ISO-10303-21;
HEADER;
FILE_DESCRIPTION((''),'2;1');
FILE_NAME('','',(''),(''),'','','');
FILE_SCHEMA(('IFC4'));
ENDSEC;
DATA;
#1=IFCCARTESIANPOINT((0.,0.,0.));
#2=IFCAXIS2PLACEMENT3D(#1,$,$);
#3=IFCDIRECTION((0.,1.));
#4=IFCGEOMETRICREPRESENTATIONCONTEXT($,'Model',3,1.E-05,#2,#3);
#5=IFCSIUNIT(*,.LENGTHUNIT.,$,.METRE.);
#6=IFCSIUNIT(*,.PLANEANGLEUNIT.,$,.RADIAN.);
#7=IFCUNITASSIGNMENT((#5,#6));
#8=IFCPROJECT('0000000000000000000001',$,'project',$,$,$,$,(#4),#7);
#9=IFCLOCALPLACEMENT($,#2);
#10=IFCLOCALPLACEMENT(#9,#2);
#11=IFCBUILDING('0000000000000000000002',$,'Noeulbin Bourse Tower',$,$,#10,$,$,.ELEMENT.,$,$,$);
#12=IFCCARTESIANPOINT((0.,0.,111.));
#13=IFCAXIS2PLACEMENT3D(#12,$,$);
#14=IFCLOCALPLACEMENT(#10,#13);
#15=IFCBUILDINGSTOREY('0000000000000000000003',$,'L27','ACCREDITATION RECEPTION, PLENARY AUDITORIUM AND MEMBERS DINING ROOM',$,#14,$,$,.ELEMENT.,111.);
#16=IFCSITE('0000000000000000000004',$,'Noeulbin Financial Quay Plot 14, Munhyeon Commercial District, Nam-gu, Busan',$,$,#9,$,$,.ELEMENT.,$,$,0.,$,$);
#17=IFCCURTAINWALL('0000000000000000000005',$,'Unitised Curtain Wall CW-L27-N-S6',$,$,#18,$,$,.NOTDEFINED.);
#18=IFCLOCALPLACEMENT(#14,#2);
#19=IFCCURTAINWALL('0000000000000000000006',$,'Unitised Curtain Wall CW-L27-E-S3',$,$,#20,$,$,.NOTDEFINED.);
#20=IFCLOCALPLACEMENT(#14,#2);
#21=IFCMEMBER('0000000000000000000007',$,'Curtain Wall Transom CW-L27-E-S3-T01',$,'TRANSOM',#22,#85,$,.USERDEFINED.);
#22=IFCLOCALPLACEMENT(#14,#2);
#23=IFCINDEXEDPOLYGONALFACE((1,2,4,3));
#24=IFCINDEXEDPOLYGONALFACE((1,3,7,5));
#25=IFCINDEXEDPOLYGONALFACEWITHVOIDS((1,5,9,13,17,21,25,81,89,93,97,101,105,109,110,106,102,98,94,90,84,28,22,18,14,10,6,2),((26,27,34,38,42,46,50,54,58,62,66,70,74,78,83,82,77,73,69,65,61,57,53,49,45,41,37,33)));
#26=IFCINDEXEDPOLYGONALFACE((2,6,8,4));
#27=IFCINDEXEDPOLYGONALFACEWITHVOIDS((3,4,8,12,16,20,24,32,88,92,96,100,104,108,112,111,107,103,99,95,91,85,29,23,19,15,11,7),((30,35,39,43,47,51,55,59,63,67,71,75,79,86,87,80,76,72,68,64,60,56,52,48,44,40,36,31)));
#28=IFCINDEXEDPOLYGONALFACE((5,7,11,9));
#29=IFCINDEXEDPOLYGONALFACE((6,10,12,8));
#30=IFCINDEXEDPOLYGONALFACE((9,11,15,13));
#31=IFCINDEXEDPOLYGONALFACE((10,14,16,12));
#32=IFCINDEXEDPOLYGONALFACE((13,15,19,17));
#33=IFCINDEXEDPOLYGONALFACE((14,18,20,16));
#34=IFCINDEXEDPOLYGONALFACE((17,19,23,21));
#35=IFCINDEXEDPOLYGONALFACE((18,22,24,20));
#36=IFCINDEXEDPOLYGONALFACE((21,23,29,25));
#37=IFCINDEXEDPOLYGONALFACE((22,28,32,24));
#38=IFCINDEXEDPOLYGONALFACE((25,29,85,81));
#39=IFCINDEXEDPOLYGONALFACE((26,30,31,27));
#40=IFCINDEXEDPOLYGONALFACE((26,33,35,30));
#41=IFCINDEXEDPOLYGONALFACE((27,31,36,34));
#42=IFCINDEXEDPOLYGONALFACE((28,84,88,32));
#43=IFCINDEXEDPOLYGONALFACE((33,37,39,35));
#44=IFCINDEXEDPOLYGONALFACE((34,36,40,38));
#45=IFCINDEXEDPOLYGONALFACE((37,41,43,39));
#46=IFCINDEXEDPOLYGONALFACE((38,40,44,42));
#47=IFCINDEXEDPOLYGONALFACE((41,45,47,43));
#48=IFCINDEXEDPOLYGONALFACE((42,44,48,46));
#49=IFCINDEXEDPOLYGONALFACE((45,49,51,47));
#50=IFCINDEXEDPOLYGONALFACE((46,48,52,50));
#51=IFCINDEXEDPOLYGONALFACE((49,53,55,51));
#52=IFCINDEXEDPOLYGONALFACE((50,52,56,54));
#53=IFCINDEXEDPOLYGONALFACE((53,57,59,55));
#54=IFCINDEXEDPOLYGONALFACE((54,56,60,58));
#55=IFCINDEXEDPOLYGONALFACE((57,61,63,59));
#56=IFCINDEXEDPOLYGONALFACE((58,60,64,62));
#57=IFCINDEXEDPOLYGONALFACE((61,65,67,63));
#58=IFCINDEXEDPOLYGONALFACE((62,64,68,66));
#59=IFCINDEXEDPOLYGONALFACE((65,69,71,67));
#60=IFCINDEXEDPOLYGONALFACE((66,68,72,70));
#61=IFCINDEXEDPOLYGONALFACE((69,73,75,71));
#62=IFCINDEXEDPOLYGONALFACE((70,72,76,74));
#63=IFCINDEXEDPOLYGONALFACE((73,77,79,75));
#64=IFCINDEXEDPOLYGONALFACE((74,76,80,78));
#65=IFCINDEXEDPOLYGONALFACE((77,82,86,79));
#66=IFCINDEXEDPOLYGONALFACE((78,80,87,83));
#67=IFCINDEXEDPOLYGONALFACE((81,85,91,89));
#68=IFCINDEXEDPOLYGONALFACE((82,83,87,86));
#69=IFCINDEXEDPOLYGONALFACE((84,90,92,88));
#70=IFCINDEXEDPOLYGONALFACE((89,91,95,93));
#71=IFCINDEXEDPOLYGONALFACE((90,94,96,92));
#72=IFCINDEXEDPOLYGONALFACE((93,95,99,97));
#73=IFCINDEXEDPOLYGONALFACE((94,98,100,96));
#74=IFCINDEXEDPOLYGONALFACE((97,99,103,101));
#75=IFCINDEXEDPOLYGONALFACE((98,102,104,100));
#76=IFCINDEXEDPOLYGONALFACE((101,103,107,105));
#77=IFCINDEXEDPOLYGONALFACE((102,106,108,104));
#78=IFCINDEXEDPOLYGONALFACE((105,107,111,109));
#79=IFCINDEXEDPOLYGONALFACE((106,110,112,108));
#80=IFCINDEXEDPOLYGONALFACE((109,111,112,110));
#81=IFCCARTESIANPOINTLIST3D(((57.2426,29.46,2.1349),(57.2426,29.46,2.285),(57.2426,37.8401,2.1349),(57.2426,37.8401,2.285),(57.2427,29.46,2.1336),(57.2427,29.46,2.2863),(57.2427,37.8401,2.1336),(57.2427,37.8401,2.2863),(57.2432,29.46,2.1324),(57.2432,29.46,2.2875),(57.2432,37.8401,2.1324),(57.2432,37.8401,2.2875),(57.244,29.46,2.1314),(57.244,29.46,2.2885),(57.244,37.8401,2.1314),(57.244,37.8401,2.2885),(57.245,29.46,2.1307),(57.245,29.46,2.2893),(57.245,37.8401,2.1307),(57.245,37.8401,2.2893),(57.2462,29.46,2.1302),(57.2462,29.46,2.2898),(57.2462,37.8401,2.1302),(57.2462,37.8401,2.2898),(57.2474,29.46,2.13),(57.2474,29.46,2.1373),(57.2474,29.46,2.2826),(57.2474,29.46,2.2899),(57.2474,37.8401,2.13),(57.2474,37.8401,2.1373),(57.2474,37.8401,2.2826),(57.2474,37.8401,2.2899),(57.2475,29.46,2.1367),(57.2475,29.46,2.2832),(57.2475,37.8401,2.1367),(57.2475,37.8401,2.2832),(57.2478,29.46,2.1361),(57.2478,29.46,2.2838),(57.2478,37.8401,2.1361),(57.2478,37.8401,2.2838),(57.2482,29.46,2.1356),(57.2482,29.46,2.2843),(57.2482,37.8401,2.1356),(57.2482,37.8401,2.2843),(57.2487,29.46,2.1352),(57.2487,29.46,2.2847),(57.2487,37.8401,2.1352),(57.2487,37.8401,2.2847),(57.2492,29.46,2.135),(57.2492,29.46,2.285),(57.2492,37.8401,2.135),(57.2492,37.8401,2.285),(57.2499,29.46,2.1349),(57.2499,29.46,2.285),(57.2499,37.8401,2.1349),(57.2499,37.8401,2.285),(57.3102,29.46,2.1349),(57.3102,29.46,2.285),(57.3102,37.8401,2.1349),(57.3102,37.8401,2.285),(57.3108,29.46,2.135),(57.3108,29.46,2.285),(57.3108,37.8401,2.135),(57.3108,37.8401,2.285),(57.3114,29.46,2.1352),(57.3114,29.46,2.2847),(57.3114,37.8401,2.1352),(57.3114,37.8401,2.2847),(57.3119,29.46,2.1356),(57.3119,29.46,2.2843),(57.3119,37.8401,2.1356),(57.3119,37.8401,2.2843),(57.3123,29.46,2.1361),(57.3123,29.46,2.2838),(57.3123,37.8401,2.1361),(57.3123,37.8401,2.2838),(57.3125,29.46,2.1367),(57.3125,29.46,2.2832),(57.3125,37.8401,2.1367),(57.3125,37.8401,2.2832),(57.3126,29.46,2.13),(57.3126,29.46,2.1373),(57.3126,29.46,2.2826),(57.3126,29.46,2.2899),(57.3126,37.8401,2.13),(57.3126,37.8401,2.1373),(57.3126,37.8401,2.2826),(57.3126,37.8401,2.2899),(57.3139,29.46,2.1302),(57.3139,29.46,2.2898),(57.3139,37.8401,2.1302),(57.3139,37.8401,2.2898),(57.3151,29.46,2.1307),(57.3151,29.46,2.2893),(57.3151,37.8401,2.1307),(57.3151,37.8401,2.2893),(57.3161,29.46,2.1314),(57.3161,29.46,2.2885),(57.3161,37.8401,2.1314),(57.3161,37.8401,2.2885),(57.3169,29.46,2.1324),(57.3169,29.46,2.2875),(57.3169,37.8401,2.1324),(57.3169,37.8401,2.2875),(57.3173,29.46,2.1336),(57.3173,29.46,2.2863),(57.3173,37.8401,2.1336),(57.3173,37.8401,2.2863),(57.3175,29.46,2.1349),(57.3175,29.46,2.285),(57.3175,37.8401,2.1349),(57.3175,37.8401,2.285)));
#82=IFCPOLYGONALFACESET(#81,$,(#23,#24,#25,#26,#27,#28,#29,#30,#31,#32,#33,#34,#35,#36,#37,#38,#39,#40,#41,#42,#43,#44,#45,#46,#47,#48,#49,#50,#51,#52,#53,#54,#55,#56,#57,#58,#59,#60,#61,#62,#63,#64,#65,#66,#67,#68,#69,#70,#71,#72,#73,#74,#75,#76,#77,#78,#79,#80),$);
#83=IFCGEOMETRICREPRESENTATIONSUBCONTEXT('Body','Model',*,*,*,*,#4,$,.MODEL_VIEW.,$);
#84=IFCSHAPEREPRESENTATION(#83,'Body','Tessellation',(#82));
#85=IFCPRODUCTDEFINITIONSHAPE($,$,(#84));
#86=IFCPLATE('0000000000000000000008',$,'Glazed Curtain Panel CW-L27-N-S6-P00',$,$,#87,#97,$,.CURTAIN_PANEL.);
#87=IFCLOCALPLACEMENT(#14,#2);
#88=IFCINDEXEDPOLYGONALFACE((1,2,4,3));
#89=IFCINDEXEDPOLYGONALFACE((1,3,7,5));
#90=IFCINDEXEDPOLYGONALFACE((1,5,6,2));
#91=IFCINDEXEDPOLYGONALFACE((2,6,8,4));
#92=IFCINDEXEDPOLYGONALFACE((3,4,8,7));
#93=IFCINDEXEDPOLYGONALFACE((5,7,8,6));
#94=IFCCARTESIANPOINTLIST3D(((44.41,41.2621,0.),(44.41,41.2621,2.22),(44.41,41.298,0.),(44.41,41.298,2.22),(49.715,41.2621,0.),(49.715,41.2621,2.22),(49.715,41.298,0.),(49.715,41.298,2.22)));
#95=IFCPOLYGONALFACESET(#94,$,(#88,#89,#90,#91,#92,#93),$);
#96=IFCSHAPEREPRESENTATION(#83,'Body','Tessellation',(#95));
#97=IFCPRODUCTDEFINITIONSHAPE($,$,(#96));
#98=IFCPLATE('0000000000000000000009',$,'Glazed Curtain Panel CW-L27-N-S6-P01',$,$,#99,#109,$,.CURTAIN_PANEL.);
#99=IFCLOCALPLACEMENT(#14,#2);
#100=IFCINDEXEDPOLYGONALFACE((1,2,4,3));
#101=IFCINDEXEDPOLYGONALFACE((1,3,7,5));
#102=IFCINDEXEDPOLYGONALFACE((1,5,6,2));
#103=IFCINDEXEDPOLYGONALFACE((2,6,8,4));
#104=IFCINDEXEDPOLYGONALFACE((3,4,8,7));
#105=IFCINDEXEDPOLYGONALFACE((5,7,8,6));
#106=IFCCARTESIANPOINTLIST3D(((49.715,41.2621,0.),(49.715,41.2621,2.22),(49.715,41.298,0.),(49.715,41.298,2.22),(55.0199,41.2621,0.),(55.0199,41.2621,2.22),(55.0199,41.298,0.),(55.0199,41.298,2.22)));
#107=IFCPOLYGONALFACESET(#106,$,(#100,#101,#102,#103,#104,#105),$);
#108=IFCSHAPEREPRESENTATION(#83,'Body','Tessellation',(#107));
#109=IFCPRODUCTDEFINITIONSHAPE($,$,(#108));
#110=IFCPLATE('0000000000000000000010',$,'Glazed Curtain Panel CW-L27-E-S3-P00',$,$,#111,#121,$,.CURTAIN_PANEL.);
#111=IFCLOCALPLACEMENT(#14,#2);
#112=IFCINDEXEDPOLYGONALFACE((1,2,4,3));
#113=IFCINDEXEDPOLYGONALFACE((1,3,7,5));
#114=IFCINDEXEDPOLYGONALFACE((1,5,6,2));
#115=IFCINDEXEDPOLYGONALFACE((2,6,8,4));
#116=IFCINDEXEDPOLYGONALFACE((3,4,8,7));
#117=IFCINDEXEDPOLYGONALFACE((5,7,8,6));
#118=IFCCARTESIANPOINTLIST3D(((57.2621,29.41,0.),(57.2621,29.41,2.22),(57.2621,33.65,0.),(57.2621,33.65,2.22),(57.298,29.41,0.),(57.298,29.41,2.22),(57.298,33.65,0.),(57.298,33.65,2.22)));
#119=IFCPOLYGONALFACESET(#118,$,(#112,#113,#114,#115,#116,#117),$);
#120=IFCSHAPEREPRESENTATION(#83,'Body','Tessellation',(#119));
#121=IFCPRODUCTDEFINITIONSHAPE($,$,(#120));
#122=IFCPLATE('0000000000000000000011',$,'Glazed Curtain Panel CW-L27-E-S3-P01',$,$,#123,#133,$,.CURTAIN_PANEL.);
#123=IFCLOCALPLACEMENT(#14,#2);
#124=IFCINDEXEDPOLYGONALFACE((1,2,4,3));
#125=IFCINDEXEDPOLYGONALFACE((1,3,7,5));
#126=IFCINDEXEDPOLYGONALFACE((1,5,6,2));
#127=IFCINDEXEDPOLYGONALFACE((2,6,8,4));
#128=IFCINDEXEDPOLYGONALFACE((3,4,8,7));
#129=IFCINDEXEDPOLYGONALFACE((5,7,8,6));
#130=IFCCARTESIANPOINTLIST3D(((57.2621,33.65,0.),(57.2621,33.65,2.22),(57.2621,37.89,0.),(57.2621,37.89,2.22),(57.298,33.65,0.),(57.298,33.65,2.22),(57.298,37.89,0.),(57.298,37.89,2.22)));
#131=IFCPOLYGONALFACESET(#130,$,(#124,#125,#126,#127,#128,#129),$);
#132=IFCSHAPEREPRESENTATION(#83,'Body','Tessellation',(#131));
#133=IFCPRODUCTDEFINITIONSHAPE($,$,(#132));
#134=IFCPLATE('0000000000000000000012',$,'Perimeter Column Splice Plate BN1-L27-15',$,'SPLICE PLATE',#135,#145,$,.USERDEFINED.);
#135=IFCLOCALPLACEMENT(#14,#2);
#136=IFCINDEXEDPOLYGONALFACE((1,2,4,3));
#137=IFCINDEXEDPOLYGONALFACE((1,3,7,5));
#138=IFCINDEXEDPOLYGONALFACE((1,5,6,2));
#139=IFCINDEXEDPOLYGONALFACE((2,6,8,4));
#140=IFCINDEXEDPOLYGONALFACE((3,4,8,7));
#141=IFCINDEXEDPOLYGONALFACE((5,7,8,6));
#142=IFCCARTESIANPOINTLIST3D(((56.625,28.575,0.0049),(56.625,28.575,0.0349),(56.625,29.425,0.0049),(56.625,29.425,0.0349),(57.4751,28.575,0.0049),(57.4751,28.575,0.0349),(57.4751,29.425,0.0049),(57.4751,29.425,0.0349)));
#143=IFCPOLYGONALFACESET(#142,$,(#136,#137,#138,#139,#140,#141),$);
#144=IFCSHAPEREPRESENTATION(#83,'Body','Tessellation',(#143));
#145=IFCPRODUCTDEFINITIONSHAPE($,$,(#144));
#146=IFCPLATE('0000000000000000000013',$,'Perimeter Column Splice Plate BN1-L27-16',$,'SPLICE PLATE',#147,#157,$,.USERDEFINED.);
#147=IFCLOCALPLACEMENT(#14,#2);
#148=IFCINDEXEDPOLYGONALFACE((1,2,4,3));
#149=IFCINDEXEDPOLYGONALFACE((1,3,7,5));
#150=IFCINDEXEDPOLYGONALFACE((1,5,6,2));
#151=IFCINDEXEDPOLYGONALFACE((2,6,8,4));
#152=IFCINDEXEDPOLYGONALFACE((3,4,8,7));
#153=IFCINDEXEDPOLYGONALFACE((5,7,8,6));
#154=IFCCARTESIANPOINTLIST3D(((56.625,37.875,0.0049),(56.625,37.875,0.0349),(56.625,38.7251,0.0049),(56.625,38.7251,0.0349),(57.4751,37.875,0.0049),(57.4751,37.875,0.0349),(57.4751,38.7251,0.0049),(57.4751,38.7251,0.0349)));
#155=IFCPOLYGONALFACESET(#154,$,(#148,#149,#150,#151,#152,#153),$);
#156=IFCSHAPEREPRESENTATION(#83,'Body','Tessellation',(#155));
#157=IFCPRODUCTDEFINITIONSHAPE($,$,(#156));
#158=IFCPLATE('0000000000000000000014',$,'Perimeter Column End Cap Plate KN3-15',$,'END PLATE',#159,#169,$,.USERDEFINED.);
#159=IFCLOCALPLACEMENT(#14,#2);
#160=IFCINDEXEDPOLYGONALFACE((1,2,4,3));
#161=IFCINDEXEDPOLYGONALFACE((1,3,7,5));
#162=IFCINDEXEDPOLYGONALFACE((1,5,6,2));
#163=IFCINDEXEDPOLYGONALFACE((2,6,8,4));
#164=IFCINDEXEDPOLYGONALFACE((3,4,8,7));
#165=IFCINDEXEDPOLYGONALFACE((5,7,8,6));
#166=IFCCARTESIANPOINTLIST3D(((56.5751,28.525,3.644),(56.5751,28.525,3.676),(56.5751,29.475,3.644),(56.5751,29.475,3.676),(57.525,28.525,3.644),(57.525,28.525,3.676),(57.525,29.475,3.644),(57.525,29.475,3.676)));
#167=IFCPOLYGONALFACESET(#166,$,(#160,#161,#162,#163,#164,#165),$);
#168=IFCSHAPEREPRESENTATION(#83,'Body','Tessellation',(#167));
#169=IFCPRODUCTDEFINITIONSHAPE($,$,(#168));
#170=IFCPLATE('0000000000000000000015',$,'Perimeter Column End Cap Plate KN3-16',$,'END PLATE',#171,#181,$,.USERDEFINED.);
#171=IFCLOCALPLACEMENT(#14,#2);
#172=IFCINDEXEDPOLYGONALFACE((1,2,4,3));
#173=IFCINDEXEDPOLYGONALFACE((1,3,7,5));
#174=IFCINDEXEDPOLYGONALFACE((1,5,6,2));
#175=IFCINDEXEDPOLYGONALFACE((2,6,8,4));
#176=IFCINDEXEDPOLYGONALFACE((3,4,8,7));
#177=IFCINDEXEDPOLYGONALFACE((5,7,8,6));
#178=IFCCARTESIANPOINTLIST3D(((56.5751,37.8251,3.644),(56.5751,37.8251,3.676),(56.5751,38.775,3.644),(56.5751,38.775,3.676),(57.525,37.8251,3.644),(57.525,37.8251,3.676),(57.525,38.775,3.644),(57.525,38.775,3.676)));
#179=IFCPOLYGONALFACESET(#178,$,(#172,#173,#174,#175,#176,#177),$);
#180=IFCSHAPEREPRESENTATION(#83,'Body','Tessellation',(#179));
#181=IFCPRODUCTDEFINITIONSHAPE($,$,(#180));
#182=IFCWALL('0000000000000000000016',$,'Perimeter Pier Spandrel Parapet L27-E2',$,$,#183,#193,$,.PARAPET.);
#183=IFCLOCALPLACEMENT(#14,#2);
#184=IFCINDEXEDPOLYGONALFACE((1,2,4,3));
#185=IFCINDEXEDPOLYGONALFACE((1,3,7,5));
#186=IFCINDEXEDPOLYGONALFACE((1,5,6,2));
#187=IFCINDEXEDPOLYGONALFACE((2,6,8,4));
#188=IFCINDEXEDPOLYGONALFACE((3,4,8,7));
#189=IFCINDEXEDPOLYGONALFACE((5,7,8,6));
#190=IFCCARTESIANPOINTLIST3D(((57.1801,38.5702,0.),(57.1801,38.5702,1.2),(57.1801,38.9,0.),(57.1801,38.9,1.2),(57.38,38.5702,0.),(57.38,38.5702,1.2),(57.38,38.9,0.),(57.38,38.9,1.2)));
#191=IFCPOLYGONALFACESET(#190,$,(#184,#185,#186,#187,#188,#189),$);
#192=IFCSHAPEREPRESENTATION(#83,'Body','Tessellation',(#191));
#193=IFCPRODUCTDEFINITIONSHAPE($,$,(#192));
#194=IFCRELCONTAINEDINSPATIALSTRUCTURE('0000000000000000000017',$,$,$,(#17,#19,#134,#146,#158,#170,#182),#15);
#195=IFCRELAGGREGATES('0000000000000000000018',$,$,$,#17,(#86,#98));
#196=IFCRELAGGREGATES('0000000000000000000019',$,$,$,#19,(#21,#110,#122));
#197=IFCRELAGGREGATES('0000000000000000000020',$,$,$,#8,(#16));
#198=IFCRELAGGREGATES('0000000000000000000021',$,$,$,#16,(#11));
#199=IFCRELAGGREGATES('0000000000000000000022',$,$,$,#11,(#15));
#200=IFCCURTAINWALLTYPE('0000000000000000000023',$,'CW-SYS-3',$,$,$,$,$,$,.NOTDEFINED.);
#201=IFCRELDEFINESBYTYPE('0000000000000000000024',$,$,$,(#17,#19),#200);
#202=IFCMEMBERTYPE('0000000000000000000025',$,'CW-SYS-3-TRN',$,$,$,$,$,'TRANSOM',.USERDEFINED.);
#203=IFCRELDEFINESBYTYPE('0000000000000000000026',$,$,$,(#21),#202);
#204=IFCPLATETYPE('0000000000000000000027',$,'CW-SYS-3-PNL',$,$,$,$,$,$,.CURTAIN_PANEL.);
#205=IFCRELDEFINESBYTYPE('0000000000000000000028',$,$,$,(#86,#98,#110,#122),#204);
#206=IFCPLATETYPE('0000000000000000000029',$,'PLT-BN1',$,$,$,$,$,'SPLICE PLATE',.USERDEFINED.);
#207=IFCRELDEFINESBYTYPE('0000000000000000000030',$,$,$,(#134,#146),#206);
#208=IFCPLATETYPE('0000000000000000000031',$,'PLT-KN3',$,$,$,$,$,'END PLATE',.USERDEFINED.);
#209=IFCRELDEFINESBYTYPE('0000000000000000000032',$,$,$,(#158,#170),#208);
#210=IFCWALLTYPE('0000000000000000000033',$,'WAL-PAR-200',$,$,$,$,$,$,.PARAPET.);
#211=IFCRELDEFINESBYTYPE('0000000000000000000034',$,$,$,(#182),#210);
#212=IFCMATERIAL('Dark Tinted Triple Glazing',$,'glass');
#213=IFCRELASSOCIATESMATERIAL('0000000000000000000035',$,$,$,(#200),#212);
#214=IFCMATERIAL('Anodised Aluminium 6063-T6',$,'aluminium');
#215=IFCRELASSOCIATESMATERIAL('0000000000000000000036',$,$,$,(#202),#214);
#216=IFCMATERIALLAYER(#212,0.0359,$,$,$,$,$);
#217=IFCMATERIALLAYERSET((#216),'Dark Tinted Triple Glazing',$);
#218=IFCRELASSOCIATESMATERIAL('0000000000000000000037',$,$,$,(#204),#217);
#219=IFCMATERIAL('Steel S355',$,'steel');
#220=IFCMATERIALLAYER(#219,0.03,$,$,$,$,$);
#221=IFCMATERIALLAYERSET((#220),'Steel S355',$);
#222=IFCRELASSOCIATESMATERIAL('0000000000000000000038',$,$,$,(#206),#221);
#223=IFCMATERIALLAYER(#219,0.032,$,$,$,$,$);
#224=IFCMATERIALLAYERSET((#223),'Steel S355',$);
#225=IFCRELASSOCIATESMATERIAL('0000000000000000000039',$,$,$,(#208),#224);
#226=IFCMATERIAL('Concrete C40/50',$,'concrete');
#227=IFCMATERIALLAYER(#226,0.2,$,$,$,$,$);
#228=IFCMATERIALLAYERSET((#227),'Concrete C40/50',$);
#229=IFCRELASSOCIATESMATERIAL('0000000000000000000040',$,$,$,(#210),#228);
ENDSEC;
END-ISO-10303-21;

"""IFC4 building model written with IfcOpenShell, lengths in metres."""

from ifc_helpers import new_model, si_unit, direction, frame, frame_2d, origin, origin_2d, place, context, subcontext, project, spatial, rectangle, hollow_rectangle, extrude, material, layer, layer_set, material_profile, profile_set, type_object, element, aggregate, save


model = new_model("IFC4")

# Units and contexts
model_context = context("Model", 3, precision=1e-05, world=origin(), true_north=direction((0.0, 1.0)))
body_context = subcontext(model_context, "Body", "Model", "MODEL_VIEW")
ifc_project = project(units=[si_unit("LENGTHUNIT", "METRE"), si_unit("PLANEANGLEUNIT", "RADIAN")], contexts=[model_context])

# Site, building, storey
site_placement = place(None, origin())
site = spatial("IfcSite", under=ifc_project, at=site_placement, Name="Noeulbin Financial Quay Plot 14, Munhyeon Commercial District, Nam-gu, Busan", CompositionType="ELEMENT", RefElevation=0.0)
building_placement = place(site_placement, origin())
building = spatial("IfcBuilding", under=site, at=building_placement, Name="Noeulbin Bourse Tower", CompositionType="ELEMENT")
storey_placement = place(building_placement, frame((0.0, 0.0, 111.0)))
storey = spatial("IfcBuildingStorey", under=building, at=storey_placement, Name="L27", Description="ACCREDITATION RECEPTION, PLENARY AUDITORIUM AND MEMBERS DINING ROOM", CompositionType="ELEMENT", Elevation=111.0)

# Shared definitions
ifc_material_1 = material(Name="Steel S355", Category="steel")

# Curtain walls
ifc_material_2 = material(Name="Dark Tinted Triple Glazing", Category="glass")
curtain_wall_type = type_object("IfcCurtainWallType", Name="CW-SYS-3", PredefinedType="NOTDEFINED", material=ifc_material_2)
curtain_wall_1_placement = place(storey_placement, origin())
curtain_wall_1 = element("IfcCurtainWall", 1, at=curtain_wall_1_placement, inside=storey, type_object=curtain_wall_type, Name="Unitised Curtain Wall CW-L27-N-S6", PredefinedType="NOTDEFINED")
ifc_material_3 = material(Name="Anodised Aluminium 6063-T6", Category="aluminium")
curtain_wall_2_placement = place(storey_placement, origin())
curtain_wall_2 = element("IfcCurtainWall", 2, at=curtain_wall_2_placement, inside=storey, type_object=curtain_wall_type, Name="Unitised Curtain Wall CW-L27-E-S3", PredefinedType="NOTDEFINED")

# Member
ifc_material_profile_1 = material_profile(ifc_material_3, hollow_rectangle(XDim=0.075, YDim=0.1599, WallThickness=0.0049, InnerFilletRadius=0.0024, OuterFilletRadius=0.0049, at=origin_2d()), Name="ALU-TRAN-75x160x5", Category="LoadBearing")
ifc_profile_set_1 = profile_set([ifc_material_profile_1], Name="Anodised Aluminium 6063-T6")
member_type_1 = type_object("IfcMemberType", Name="CW-SYS-3-TRN", ElementType="TRANSOM", PredefinedType="USERDEFINED", material=ifc_profile_set_1)
member_1_placement = place(storey_placement, frame((57.28, 29.46, 2.21), z_axis=(0.0, 1.0, 0.0), x_axis=(-1.0, 0.0, 0.0)))
member_1 = element("IfcMember", 3, at=member_1_placement, type_object=member_type_1, Name="Curtain Wall Transom CW-L27-E-S3-T01", ObjectType="TRANSOM", PredefinedType="USERDEFINED", context=body_context, shape_type="SweptSolid", body=[
    extrude(hollow_rectangle(XDim=0.075, YDim=0.1599, WallThickness=0.0049, InnerFilletRadius=0.0024, OuterFilletRadius=0.0049, at=origin_2d()), origin(), (0.0, 0.0, 1.0), 8.3801),
])

# Plates
ifc_layer_1 = layer(ifc_material_2, 0.0359)
ifc_layer_set_1 = layer_set([ifc_layer_1], Name="Dark Tinted Triple Glazing")
plate_type_1 = type_object("IfcPlateType", Name="CW-SYS-3-PNL", PredefinedType="CURTAIN_PANEL", material=ifc_layer_set_1)
plate_1_placement = place(storey_placement, frame((47.0625, 41.28, 0.0), z_axis=(0.0, 0.0, 1.0), x_axis=(1.0, 0.0, 0.0)))
plate_1 = element("IfcPlate", 4, at=plate_1_placement, type_object=plate_type_1, Name="Glazed Curtain Panel CW-L27-N-S6-P00", PredefinedType="CURTAIN_PANEL", context=body_context, shape_type="SweptSolid", body=[
    extrude(rectangle(XDim=5.3049, YDim=0.0359, at=origin_2d()), origin(), (0.0, 0.0, 1.0), 2.22),
])
plate_2_placement = place(storey_placement, frame((52.3674, 41.28, 0.0), z_axis=(0.0, 0.0, 1.0), x_axis=(1.0, 0.0, 0.0)))
plate_2 = element("IfcPlate", 5, at=plate_2_placement, type_object=plate_type_1, Name="Glazed Curtain Panel CW-L27-N-S6-P01", PredefinedType="CURTAIN_PANEL", context=body_context, shape_type="SweptSolid", body=[
    extrude(rectangle(XDim=5.3049, YDim=0.0359, at=origin_2d()), origin(), (0.0, 0.0, 1.0), 2.22),
])
aggregate(curtain_wall_1, [plate_1, plate_2])
plate_3_placement = place(storey_placement, frame((57.28, 31.53, 0.0), z_axis=(0.0, 0.0, 1.0), x_axis=(0.0, 1.0, 0.0)))
plate_3 = element("IfcPlate", 6, at=plate_3_placement, type_object=plate_type_1, Name="Glazed Curtain Panel CW-L27-E-S3-P00", PredefinedType="CURTAIN_PANEL", context=body_context, shape_type="SweptSolid", body=[
    extrude(rectangle(XDim=4.24, YDim=0.0359, at=origin_2d()), origin(), (0.0, 0.0, 1.0), 2.22),
])
plate_4_placement = place(storey_placement, frame((57.28, 35.77, 0.0), z_axis=(0.0, 0.0, 1.0), x_axis=(0.0, 1.0, 0.0)))
plate_4 = element("IfcPlate", 7, at=plate_4_placement, type_object=plate_type_1, Name="Glazed Curtain Panel CW-L27-E-S3-P01", PredefinedType="CURTAIN_PANEL", context=body_context, shape_type="SweptSolid", body=[
    extrude(rectangle(XDim=4.24, YDim=0.0359, at=origin_2d()), origin(), (0.0, 0.0, 1.0), 2.22),
])
aggregate(curtain_wall_2, [member_1, plate_3, plate_4])

# Plates
ifc_layer_2 = layer(ifc_material_1, 0.03)
ifc_layer_set_2 = layer_set([ifc_layer_2], Name="Steel S355")
plate_type_2 = type_object("IfcPlateType", Name="PLT-BN1", ElementType="SPLICE PLATE", PredefinedType="USERDEFINED", material=ifc_layer_set_2)
for number, where, z_axis, x_axis, name in (
    (8, (57.05, 29.0, 0.0049), (0.0, 0.0, 1.0), (1.0, 0.0, 0.0), "Perimeter Column Splice Plate BN1-L27-15"),
    (9, (57.05, 38.3, 0.0049), (0.0, 0.0, 1.0), (1.0, 0.0, 0.0), "Perimeter Column Splice Plate BN1-L27-16"),
):
    element("IfcPlate", number, at=place(storey_placement, frame(where, z_axis=z_axis, x_axis=x_axis)), inside=storey, type_object=plate_type_2, Name=name, ObjectType="SPLICE PLATE", PredefinedType="USERDEFINED", context=body_context, shape_type="SweptSolid", body=[
        extrude(rectangle(XDim=0.8501, YDim=0.8501, at=origin_2d()), origin(), (0.0, 0.0, 1.0), 0.03),
    ])
ifc_layer_3 = layer(ifc_material_1, 0.032)
ifc_layer_set_3 = layer_set([ifc_layer_3], Name="Steel S355")
plate_type_3 = type_object("IfcPlateType", Name="PLT-KN3", ElementType="END PLATE", PredefinedType="USERDEFINED", material=ifc_layer_set_3)
for number, where, z_axis, x_axis, name in (
    (10, (57.05, 29.0, 3.644), (0.0, 0.0, 1.0), (1.0, 0.0, 0.0), "Perimeter Column End Cap Plate KN3-15"),
    (11, (57.05, 38.3, 3.644), (0.0, 0.0, 1.0), (1.0, 0.0, 0.0), "Perimeter Column End Cap Plate KN3-16"),
):
    element("IfcPlate", number, at=place(storey_placement, frame(where, z_axis=z_axis, x_axis=x_axis)), inside=storey, type_object=plate_type_3, Name=name, ObjectType="END PLATE", PredefinedType="USERDEFINED", context=body_context, shape_type="SweptSolid", body=[
        extrude(rectangle(XDim=0.95, YDim=0.95, at=origin_2d()), origin(), (0.0, 0.0, 1.0), 0.032),
    ])

# Wall
ifc_material_4 = material(Name="Concrete C40/50", Category="concrete")
ifc_layer_4 = layer(ifc_material_4, 0.2)
ifc_layer_set_4 = layer_set([ifc_layer_4], Name="Concrete C40/50")
wall_type_1 = type_object("IfcWallType", Name="WAL-PAR-200", PredefinedType="PARAPET", material=ifc_layer_set_4)
wall_1_placement = place(storey_placement, frame((57.28, 38.5701, 0.0), z_axis=(0.0, 0.0, 1.0), x_axis=(0.0, 1.0, 0.0)))
element("IfcWall", 12, at=wall_1_placement, inside=storey, type_object=wall_type_1, Name="Perimeter Pier Spandrel Parapet L27-E2", PredefinedType="PARAPET", context=body_context, shape_type="SweptSolid", body=[
    extrude(rectangle(XDim=0.3298, YDim=0.2, at=frame_2d((0.165, 0.0))), origin(), (0.0, 0.0, 1.0), 1.2),
])

save(model, "model.ifc")
